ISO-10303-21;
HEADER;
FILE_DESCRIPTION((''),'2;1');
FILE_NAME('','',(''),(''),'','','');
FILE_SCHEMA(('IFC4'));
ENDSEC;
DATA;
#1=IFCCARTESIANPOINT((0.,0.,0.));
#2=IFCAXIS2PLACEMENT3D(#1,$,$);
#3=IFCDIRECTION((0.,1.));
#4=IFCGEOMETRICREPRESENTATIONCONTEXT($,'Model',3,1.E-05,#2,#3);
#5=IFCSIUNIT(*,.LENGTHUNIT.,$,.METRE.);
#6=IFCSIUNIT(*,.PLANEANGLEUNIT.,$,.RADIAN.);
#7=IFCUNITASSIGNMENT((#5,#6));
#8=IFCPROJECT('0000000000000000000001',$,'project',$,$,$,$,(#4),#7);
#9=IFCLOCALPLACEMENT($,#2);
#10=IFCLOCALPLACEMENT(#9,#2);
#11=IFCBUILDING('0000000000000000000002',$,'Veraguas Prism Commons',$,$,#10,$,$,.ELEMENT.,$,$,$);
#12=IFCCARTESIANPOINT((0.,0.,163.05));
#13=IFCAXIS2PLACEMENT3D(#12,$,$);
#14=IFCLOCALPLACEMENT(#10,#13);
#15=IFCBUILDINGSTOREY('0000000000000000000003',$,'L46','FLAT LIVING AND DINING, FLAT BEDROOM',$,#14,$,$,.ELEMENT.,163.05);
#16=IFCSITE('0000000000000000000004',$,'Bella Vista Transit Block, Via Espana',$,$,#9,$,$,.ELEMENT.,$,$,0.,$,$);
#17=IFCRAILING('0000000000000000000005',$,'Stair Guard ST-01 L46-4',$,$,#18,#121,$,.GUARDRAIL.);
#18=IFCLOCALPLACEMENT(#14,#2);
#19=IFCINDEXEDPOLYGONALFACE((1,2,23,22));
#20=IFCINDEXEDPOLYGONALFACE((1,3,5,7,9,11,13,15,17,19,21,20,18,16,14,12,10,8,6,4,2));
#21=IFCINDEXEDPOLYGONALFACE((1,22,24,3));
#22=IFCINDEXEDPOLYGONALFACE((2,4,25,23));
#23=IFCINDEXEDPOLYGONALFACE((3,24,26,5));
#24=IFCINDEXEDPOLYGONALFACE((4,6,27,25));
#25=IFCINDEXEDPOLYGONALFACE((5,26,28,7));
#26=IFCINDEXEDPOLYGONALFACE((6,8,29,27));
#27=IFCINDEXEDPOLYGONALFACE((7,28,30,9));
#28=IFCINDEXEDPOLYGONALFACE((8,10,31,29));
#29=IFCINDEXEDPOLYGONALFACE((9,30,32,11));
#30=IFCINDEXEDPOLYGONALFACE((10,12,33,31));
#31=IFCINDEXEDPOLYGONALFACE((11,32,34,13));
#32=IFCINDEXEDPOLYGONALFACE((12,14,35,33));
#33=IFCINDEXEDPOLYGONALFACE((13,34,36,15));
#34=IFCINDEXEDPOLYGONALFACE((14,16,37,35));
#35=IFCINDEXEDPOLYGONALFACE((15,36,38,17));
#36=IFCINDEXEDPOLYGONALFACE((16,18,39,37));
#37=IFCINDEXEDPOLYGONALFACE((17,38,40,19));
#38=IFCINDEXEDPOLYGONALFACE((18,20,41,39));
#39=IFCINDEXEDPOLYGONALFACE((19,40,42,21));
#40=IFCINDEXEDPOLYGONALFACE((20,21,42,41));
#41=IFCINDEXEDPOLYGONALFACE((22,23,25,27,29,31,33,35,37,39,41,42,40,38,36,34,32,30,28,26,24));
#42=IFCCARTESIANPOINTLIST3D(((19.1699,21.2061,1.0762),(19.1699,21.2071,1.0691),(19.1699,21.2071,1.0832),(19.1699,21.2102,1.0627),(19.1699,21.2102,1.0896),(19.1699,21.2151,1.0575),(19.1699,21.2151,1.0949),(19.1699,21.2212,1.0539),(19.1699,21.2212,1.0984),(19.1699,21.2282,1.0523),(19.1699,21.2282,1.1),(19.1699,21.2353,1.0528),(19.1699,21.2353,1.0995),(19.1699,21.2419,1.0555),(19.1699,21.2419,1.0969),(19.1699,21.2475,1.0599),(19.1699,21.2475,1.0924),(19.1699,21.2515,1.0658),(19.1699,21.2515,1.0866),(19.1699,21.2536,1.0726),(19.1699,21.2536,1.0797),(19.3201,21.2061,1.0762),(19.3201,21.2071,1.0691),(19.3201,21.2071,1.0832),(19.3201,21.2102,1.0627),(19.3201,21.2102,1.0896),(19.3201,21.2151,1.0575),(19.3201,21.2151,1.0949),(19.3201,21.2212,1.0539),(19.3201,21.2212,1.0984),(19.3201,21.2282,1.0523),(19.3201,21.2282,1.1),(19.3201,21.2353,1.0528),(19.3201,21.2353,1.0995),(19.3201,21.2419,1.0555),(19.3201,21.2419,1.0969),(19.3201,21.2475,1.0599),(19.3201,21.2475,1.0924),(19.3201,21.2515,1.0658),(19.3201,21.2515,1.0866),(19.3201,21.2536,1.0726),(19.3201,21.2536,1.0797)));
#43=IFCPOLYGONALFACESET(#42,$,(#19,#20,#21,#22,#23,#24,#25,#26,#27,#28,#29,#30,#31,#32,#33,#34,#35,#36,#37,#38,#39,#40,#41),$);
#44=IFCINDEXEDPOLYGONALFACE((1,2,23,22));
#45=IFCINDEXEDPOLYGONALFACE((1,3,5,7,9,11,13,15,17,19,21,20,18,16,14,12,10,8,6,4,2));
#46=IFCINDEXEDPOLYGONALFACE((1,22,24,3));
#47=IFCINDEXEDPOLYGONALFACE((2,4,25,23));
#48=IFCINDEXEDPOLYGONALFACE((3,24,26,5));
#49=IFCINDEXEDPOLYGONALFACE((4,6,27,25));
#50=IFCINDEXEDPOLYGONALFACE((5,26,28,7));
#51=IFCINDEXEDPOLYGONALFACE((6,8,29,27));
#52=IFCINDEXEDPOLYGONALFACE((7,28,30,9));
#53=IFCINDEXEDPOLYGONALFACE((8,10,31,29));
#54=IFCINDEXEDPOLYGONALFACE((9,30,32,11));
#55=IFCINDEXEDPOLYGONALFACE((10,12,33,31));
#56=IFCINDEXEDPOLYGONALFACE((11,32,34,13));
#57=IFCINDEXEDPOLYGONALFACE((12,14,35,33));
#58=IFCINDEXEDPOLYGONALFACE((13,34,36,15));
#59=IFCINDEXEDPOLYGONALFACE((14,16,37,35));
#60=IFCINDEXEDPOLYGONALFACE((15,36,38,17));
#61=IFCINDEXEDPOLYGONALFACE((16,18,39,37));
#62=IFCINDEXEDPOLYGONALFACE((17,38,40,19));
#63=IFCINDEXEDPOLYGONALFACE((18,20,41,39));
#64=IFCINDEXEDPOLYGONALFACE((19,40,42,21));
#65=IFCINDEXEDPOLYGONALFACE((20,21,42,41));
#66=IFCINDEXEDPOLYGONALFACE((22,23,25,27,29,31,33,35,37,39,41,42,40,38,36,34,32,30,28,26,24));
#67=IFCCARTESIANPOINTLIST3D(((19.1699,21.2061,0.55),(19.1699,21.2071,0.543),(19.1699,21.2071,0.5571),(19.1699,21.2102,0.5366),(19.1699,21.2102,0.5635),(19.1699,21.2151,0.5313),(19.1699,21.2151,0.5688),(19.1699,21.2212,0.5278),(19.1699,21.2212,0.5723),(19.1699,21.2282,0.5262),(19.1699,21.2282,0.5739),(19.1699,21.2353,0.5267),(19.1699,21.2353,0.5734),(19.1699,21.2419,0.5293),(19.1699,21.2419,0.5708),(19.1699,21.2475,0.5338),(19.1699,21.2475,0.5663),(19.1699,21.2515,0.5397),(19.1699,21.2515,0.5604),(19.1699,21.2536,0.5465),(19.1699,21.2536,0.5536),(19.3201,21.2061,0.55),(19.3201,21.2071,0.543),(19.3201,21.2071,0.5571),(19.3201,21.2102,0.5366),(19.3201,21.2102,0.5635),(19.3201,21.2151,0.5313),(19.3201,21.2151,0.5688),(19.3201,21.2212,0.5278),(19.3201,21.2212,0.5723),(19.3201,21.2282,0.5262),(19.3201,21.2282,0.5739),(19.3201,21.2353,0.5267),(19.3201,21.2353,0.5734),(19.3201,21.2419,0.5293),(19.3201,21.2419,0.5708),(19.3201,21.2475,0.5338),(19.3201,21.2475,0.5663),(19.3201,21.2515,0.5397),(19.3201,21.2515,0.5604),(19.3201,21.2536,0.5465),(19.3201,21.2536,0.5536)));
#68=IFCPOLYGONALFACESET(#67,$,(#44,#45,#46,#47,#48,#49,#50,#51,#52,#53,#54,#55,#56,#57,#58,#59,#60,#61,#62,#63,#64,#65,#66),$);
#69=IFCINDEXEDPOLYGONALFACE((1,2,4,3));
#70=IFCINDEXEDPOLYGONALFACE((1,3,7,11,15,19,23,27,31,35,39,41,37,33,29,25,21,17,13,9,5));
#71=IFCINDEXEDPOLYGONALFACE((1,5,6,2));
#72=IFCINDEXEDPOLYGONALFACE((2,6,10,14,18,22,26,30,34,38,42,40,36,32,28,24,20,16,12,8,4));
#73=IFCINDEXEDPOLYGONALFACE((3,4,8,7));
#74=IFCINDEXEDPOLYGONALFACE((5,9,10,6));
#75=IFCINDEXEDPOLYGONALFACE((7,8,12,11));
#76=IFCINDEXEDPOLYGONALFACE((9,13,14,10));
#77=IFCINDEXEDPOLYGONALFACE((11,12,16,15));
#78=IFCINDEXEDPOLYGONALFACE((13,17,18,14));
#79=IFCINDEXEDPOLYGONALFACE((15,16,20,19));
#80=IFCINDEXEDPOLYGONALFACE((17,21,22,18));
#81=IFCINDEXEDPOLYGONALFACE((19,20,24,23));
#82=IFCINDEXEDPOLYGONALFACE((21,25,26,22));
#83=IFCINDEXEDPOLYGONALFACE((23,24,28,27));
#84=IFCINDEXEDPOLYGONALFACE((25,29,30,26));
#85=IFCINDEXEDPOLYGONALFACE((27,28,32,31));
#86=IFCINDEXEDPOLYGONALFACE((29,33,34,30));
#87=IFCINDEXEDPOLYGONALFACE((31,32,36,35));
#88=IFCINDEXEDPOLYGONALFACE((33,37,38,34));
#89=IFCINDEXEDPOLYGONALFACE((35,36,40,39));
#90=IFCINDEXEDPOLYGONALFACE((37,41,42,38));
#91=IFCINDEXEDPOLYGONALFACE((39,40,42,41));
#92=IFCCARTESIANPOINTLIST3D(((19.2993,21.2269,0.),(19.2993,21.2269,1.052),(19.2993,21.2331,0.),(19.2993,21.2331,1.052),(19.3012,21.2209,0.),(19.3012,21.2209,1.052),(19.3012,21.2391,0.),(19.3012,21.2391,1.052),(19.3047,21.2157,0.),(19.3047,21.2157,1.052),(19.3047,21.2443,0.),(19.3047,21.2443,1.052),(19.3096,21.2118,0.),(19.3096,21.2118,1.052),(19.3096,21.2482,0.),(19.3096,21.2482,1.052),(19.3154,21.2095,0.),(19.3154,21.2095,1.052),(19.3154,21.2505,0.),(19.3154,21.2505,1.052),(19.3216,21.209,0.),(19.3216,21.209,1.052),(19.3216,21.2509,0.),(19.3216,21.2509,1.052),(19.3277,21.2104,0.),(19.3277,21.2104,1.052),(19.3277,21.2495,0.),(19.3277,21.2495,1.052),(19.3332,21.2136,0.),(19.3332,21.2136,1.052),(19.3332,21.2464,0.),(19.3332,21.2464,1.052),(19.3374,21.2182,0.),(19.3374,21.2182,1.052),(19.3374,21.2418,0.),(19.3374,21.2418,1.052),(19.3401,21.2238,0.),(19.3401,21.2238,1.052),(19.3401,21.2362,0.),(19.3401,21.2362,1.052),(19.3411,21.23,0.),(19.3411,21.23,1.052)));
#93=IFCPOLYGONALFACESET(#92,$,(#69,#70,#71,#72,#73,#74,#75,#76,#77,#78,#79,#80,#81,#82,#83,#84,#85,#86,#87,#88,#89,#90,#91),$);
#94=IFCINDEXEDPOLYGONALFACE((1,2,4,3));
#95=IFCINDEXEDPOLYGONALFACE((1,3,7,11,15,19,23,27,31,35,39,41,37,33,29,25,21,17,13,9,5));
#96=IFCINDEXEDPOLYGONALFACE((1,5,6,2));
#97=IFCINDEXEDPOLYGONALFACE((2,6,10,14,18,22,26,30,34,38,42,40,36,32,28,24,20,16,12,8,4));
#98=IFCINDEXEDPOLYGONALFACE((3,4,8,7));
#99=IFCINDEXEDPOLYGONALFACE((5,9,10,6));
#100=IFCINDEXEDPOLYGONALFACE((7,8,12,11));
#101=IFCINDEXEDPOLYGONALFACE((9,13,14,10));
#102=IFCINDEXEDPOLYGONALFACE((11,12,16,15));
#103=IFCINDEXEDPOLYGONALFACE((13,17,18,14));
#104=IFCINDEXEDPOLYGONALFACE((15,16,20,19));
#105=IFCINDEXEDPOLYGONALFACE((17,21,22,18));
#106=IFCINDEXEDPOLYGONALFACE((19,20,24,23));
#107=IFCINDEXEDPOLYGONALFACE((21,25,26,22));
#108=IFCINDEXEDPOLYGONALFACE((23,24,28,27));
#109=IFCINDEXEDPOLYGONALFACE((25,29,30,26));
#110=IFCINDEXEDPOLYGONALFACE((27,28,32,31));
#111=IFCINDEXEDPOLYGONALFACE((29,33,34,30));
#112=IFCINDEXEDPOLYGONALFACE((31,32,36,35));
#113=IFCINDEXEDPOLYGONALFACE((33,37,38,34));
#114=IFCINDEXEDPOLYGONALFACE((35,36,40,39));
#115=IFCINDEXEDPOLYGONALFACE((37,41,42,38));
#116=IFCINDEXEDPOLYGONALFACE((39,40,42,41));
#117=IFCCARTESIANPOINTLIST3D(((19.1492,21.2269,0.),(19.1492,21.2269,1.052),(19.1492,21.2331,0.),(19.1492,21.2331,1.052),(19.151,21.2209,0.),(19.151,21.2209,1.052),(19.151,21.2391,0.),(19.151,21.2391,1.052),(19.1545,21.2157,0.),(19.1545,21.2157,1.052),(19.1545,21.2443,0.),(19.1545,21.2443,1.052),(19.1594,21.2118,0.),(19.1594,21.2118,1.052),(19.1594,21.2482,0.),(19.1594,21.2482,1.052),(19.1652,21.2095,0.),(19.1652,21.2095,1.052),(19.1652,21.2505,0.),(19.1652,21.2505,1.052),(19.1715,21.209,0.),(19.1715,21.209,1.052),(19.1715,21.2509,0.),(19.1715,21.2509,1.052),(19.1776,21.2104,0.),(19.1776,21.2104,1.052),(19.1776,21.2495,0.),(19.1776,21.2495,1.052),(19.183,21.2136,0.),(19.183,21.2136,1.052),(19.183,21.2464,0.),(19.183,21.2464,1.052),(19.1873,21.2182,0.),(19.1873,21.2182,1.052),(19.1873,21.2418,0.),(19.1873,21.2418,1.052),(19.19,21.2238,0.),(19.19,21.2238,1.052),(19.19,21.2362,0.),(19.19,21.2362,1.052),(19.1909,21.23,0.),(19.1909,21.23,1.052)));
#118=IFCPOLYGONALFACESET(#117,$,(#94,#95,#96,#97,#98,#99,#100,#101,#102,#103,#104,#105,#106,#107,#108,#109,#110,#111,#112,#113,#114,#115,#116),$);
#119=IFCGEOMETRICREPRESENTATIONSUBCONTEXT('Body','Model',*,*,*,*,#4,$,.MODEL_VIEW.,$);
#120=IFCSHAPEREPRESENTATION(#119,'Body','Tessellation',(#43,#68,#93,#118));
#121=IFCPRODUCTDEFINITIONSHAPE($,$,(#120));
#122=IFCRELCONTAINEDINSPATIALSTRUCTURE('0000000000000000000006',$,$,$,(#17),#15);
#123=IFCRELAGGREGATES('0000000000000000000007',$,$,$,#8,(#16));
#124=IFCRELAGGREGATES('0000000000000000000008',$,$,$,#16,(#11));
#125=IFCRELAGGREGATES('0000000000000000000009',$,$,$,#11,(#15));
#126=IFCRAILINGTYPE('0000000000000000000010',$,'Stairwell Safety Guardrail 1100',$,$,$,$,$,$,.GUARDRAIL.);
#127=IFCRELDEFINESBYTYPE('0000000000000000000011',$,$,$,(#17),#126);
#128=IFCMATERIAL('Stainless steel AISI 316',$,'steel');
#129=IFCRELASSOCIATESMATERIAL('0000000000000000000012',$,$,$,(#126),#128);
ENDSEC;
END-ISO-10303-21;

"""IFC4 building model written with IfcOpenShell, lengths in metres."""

from ifc_helpers import new_model, si_unit, direction, frame, origin, origin_2d, place, context, subcontext, project, spatial, circle, extrude, material, type_object, element, save


model = new_model("IFC4")

# Units and contexts
model_context = context("Model", 3, precision=1e-05, world=origin(), true_north=direction((0.0, 1.0)))
body_context = subcontext(model_context, "Body", "Model", "MODEL_VIEW")
ifc_project = project(units=[si_unit("LENGTHUNIT", "METRE"), si_unit("PLANEANGLEUNIT", "RADIAN")], contexts=[model_context])

# Site, building, storey
site_placement = place(None, origin())
site = spatial("IfcSite", under=ifc_project, at=site_placement, Name="Bella Vista Transit Block, Via Espana", CompositionType="ELEMENT", RefElevation=0.0)
building_placement = place(site_placement, origin())
building = spatial("IfcBuilding", under=site, at=building_placement, Name="Veraguas Prism Commons", CompositionType="ELEMENT")
storey_placement = place(building_placement, frame((0.0, 0.0, 163.05)))
storey = spatial("IfcBuildingStorey", under=building, at=storey_placement, Name="L46", Description="FLAT LIVING AND DINING, FLAT BEDROOM", CompositionType="ELEMENT", Elevation=163.05)

# Railing
ifc_material_1 = material(Name="Stainless steel AISI 316", Category="steel")
railing_type = type_object("IfcRailingType", Name="Stairwell Safety Guardrail 1100", PredefinedType="GUARDRAIL", material=ifc_material_1)
railing_1_placement = place(storey_placement, frame((19.3201, 21.23, 0.0)))
element("IfcRailing", 1, at=railing_1_placement, inside=storey, type_object=railing_type, Name="Stair Guard ST-01 L46-4", PredefinedType="GUARDRAIL", context=body_context, shape_type="SweptSolid", body=[
    extrude(circle(Radius=0.0239, at=origin_2d()), frame((0.0, 0.0, 1.0762), z_axis=(-1.0, 0.0, 0.0), x_axis=(0.0, -1.0, 0.0)), (0.0, 0.0, 1.0), 0.1501),
    extrude(circle(Radius=0.0239, at=origin_2d()), frame((0.0, 0.0, 0.55), z_axis=(-1.0, 0.0, 0.0), x_axis=(0.0, -1.0, 0.0)), (0.0, 0.0, 1.0), 0.1501),
    extrude(circle(Radius=0.021, at=origin_2d()), origin(), (0.0, 0.0, 1.0), 1.052),
    extrude(circle(Radius=0.021, at=origin_2d()), frame((-0.1501, 0.0, 0.0)), (0.0, 0.0, 1.0), 1.052),
])

save(model, "model.ifc")
